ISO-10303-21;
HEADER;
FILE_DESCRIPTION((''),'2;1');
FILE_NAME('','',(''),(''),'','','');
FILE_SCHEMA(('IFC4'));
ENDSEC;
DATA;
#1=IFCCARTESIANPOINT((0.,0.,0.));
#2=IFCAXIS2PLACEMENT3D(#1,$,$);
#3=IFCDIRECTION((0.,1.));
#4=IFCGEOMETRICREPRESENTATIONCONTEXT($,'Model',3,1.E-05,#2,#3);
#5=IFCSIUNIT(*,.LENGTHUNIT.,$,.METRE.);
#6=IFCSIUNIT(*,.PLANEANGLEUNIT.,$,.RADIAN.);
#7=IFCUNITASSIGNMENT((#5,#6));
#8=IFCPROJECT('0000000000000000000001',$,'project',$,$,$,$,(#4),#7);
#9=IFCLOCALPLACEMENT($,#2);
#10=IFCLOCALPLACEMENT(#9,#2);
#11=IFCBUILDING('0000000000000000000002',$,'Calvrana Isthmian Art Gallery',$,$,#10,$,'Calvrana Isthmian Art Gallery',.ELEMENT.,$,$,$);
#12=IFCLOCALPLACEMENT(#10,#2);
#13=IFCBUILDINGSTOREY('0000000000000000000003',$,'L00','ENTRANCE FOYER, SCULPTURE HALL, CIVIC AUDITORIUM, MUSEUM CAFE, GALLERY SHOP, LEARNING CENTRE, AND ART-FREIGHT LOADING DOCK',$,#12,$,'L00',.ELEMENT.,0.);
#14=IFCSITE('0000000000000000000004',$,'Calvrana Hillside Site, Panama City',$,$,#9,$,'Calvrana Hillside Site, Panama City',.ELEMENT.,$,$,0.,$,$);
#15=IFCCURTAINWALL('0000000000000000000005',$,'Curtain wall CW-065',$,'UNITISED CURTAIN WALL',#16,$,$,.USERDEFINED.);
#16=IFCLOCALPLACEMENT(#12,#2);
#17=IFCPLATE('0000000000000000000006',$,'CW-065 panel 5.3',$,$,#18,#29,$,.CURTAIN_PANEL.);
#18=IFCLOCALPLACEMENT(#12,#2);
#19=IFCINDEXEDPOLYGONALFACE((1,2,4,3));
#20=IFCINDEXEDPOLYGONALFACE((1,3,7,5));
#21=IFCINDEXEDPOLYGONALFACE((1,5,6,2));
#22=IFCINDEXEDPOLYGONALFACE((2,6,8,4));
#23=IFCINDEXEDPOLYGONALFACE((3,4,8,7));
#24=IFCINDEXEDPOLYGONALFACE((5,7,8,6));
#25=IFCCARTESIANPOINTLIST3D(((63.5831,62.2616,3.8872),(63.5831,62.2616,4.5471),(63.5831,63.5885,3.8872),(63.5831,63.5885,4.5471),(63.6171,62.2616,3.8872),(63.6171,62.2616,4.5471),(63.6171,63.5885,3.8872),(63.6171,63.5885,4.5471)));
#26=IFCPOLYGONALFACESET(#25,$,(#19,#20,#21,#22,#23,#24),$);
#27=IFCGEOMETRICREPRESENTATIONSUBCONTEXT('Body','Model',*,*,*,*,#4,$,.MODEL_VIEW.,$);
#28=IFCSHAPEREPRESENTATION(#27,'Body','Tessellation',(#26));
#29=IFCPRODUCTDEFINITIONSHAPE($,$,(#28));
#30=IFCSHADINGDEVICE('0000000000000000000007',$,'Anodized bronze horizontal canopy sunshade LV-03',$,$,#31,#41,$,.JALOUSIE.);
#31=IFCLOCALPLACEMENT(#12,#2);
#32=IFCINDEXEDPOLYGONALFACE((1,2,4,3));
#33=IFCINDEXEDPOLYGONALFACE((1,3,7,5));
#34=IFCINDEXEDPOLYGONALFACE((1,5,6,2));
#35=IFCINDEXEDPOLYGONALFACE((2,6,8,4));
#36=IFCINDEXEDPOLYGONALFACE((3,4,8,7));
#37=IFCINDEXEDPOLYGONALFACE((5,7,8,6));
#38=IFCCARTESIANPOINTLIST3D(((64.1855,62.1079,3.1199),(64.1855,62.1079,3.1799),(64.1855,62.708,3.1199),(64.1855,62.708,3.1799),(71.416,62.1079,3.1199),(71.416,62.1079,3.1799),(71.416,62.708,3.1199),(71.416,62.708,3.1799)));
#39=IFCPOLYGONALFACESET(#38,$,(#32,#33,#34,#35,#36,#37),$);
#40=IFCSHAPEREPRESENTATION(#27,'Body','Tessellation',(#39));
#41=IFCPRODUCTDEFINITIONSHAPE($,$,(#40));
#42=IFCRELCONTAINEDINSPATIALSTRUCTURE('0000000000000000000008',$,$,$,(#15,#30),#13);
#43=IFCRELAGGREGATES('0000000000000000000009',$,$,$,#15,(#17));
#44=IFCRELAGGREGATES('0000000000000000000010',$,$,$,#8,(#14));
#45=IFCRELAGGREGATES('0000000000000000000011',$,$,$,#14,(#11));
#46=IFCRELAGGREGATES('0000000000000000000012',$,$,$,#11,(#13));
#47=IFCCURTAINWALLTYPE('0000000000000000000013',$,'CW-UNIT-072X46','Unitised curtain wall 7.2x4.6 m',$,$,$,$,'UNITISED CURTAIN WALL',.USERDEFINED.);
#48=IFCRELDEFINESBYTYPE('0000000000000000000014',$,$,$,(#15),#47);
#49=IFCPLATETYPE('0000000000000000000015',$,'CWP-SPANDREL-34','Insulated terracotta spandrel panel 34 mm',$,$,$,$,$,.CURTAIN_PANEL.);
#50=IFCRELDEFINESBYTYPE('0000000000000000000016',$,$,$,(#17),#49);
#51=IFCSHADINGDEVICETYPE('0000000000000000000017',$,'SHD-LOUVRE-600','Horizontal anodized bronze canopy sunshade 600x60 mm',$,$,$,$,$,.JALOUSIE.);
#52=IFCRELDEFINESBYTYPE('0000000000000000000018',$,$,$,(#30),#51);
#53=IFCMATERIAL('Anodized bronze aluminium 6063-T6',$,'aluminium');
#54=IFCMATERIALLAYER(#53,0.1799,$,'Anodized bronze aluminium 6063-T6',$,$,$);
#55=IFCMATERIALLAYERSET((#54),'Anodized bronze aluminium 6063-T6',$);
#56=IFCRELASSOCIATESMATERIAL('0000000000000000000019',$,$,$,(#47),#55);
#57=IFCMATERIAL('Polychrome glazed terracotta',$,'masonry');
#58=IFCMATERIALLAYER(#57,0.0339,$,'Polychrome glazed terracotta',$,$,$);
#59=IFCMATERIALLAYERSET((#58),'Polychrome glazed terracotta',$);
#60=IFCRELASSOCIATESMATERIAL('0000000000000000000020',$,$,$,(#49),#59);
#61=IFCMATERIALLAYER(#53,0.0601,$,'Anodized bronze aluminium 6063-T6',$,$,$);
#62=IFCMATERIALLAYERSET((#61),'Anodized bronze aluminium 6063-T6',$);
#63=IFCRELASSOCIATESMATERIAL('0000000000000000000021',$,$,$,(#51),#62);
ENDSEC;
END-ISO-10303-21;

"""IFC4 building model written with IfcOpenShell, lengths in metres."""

from ifc_helpers import new_model, si_unit, direction, frame, origin, origin_2d, place, context, subcontext, project, spatial, rectangle, extrude, material, layer, layer_set, type_object, element, aggregate, save


model = new_model("IFC4")

# Units and contexts
model_context = context("Model", 3, precision=1e-05, world=origin(), true_north=direction((0.0, 1.0)))
body_context = subcontext(model_context, "Body", "Model", "MODEL_VIEW")
ifc_project = project(units=[si_unit("LENGTHUNIT", "METRE"), si_unit("PLANEANGLEUNIT", "RADIAN")], contexts=[model_context])

# Site, building, storey
site_placement = place(None, origin())
site = spatial("IfcSite", under=ifc_project, at=site_placement, Name="Calvrana Hillside Site, Panama City", LongName="Calvrana Hillside Site, Panama City", CompositionType="ELEMENT", RefElevation=0.0)
building_placement = place(site_placement, origin())
building = spatial("IfcBuilding", under=site, at=building_placement, Name="Calvrana Isthmian Art Gallery", LongName="Calvrana Isthmian Art Gallery", CompositionType="ELEMENT")
storey_placement = place(building_placement, origin())
storey = spatial("IfcBuildingStorey", under=building, at=storey_placement, Name="L00", Description="ENTRANCE FOYER, SCULPTURE HALL, CIVIC AUDITORIUM, MUSEUM CAFE, GALLERY SHOP, LEARNING CENTRE, AND ART-FREIGHT LOADING DOCK", LongName="L00", CompositionType="ELEMENT", Elevation=0.0)

# Curtain wall, plate
ifc_material_1 = material(Name="Anodized bronze aluminium 6063-T6", Category="aluminium")
ifc_layer_1 = layer(ifc_material_1, 0.1799, Name="Anodized bronze aluminium 6063-T6")
ifc_layer_set_1 = layer_set([ifc_layer_1], Name="Anodized bronze aluminium 6063-T6")
curtain_wall_type = type_object("IfcCurtainWallType", Name="CW-UNIT-072X46", Description="Unitised curtain wall 7.2x4.6 m", ElementType="UNITISED CURTAIN WALL", PredefinedType="USERDEFINED", material=ifc_layer_set_1)
curtain_wall_placement = place(storey_placement, origin())
curtain_wall = element("IfcCurtainWall", 1, at=curtain_wall_placement, inside=storey, type_object=curtain_wall_type, Name="Curtain wall CW-065", ObjectType="UNITISED CURTAIN WALL", PredefinedType="USERDEFINED")
ifc_material_2 = material(Name="Polychrome glazed terracotta", Category="masonry")
ifc_layer_2 = layer(ifc_material_2, 0.0339, Name="Polychrome glazed terracotta")
ifc_layer_set_2 = layer_set([ifc_layer_2], Name="Polychrome glazed terracotta")
plate_type = type_object("IfcPlateType", Name="CWP-SPANDREL-34", Description="Insulated terracotta spandrel panel 34 mm", PredefinedType="CURTAIN_PANEL", material=ifc_layer_set_2)
plate_1_placement = place(storey_placement, frame((63.6001, 62.925, 3.8872), z_axis=(0.0, 0.0, 1.0), x_axis=(0.0, -1.0, 0.0)))
plate_1 = element("IfcPlate", 2, at=plate_1_placement, type_object=plate_type, Name="CW-065 panel 5.3", PredefinedType="CURTAIN_PANEL", context=body_context, shape_type="SweptSolid", body=[
    extrude(rectangle(XDim=1.3269, YDim=0.0339, at=origin_2d()), origin(), (0.0, 0.0, 1.0), 0.6599),
])
aggregate(curtain_wall, [plate_1])

# Shading device
ifc_layer_3 = layer(ifc_material_1, 0.0601, Name="Anodized bronze aluminium 6063-T6")
ifc_layer_set_3 = layer_set([ifc_layer_3], Name="Anodized bronze aluminium 6063-T6")
shading_device_type = type_object("IfcShadingDeviceType", Name="SHD-LOUVRE-600", Description="Horizontal anodized bronze canopy sunshade 600x60 mm", PredefinedType="JALOUSIE", material=ifc_layer_set_3)
shading_device_placement = place(storey_placement, frame((67.8008, 62.408, 3.1199), z_axis=(0.0, 0.0, 1.0), x_axis=(1.0, 0.0, 0.0)))
element("IfcShadingDevice", 3, at=shading_device_placement, inside=storey, type_object=shading_device_type, Name="Anodized bronze horizontal canopy sunshade LV-03", PredefinedType="JALOUSIE", context=body_context, shape_type="SweptSolid", body=[
    extrude(rectangle(XDim=7.2305, YDim=0.6001, at=origin_2d()), origin(), (0.0, 0.0, 1.0), 0.0601),
])

save(model, "model.ifc")
